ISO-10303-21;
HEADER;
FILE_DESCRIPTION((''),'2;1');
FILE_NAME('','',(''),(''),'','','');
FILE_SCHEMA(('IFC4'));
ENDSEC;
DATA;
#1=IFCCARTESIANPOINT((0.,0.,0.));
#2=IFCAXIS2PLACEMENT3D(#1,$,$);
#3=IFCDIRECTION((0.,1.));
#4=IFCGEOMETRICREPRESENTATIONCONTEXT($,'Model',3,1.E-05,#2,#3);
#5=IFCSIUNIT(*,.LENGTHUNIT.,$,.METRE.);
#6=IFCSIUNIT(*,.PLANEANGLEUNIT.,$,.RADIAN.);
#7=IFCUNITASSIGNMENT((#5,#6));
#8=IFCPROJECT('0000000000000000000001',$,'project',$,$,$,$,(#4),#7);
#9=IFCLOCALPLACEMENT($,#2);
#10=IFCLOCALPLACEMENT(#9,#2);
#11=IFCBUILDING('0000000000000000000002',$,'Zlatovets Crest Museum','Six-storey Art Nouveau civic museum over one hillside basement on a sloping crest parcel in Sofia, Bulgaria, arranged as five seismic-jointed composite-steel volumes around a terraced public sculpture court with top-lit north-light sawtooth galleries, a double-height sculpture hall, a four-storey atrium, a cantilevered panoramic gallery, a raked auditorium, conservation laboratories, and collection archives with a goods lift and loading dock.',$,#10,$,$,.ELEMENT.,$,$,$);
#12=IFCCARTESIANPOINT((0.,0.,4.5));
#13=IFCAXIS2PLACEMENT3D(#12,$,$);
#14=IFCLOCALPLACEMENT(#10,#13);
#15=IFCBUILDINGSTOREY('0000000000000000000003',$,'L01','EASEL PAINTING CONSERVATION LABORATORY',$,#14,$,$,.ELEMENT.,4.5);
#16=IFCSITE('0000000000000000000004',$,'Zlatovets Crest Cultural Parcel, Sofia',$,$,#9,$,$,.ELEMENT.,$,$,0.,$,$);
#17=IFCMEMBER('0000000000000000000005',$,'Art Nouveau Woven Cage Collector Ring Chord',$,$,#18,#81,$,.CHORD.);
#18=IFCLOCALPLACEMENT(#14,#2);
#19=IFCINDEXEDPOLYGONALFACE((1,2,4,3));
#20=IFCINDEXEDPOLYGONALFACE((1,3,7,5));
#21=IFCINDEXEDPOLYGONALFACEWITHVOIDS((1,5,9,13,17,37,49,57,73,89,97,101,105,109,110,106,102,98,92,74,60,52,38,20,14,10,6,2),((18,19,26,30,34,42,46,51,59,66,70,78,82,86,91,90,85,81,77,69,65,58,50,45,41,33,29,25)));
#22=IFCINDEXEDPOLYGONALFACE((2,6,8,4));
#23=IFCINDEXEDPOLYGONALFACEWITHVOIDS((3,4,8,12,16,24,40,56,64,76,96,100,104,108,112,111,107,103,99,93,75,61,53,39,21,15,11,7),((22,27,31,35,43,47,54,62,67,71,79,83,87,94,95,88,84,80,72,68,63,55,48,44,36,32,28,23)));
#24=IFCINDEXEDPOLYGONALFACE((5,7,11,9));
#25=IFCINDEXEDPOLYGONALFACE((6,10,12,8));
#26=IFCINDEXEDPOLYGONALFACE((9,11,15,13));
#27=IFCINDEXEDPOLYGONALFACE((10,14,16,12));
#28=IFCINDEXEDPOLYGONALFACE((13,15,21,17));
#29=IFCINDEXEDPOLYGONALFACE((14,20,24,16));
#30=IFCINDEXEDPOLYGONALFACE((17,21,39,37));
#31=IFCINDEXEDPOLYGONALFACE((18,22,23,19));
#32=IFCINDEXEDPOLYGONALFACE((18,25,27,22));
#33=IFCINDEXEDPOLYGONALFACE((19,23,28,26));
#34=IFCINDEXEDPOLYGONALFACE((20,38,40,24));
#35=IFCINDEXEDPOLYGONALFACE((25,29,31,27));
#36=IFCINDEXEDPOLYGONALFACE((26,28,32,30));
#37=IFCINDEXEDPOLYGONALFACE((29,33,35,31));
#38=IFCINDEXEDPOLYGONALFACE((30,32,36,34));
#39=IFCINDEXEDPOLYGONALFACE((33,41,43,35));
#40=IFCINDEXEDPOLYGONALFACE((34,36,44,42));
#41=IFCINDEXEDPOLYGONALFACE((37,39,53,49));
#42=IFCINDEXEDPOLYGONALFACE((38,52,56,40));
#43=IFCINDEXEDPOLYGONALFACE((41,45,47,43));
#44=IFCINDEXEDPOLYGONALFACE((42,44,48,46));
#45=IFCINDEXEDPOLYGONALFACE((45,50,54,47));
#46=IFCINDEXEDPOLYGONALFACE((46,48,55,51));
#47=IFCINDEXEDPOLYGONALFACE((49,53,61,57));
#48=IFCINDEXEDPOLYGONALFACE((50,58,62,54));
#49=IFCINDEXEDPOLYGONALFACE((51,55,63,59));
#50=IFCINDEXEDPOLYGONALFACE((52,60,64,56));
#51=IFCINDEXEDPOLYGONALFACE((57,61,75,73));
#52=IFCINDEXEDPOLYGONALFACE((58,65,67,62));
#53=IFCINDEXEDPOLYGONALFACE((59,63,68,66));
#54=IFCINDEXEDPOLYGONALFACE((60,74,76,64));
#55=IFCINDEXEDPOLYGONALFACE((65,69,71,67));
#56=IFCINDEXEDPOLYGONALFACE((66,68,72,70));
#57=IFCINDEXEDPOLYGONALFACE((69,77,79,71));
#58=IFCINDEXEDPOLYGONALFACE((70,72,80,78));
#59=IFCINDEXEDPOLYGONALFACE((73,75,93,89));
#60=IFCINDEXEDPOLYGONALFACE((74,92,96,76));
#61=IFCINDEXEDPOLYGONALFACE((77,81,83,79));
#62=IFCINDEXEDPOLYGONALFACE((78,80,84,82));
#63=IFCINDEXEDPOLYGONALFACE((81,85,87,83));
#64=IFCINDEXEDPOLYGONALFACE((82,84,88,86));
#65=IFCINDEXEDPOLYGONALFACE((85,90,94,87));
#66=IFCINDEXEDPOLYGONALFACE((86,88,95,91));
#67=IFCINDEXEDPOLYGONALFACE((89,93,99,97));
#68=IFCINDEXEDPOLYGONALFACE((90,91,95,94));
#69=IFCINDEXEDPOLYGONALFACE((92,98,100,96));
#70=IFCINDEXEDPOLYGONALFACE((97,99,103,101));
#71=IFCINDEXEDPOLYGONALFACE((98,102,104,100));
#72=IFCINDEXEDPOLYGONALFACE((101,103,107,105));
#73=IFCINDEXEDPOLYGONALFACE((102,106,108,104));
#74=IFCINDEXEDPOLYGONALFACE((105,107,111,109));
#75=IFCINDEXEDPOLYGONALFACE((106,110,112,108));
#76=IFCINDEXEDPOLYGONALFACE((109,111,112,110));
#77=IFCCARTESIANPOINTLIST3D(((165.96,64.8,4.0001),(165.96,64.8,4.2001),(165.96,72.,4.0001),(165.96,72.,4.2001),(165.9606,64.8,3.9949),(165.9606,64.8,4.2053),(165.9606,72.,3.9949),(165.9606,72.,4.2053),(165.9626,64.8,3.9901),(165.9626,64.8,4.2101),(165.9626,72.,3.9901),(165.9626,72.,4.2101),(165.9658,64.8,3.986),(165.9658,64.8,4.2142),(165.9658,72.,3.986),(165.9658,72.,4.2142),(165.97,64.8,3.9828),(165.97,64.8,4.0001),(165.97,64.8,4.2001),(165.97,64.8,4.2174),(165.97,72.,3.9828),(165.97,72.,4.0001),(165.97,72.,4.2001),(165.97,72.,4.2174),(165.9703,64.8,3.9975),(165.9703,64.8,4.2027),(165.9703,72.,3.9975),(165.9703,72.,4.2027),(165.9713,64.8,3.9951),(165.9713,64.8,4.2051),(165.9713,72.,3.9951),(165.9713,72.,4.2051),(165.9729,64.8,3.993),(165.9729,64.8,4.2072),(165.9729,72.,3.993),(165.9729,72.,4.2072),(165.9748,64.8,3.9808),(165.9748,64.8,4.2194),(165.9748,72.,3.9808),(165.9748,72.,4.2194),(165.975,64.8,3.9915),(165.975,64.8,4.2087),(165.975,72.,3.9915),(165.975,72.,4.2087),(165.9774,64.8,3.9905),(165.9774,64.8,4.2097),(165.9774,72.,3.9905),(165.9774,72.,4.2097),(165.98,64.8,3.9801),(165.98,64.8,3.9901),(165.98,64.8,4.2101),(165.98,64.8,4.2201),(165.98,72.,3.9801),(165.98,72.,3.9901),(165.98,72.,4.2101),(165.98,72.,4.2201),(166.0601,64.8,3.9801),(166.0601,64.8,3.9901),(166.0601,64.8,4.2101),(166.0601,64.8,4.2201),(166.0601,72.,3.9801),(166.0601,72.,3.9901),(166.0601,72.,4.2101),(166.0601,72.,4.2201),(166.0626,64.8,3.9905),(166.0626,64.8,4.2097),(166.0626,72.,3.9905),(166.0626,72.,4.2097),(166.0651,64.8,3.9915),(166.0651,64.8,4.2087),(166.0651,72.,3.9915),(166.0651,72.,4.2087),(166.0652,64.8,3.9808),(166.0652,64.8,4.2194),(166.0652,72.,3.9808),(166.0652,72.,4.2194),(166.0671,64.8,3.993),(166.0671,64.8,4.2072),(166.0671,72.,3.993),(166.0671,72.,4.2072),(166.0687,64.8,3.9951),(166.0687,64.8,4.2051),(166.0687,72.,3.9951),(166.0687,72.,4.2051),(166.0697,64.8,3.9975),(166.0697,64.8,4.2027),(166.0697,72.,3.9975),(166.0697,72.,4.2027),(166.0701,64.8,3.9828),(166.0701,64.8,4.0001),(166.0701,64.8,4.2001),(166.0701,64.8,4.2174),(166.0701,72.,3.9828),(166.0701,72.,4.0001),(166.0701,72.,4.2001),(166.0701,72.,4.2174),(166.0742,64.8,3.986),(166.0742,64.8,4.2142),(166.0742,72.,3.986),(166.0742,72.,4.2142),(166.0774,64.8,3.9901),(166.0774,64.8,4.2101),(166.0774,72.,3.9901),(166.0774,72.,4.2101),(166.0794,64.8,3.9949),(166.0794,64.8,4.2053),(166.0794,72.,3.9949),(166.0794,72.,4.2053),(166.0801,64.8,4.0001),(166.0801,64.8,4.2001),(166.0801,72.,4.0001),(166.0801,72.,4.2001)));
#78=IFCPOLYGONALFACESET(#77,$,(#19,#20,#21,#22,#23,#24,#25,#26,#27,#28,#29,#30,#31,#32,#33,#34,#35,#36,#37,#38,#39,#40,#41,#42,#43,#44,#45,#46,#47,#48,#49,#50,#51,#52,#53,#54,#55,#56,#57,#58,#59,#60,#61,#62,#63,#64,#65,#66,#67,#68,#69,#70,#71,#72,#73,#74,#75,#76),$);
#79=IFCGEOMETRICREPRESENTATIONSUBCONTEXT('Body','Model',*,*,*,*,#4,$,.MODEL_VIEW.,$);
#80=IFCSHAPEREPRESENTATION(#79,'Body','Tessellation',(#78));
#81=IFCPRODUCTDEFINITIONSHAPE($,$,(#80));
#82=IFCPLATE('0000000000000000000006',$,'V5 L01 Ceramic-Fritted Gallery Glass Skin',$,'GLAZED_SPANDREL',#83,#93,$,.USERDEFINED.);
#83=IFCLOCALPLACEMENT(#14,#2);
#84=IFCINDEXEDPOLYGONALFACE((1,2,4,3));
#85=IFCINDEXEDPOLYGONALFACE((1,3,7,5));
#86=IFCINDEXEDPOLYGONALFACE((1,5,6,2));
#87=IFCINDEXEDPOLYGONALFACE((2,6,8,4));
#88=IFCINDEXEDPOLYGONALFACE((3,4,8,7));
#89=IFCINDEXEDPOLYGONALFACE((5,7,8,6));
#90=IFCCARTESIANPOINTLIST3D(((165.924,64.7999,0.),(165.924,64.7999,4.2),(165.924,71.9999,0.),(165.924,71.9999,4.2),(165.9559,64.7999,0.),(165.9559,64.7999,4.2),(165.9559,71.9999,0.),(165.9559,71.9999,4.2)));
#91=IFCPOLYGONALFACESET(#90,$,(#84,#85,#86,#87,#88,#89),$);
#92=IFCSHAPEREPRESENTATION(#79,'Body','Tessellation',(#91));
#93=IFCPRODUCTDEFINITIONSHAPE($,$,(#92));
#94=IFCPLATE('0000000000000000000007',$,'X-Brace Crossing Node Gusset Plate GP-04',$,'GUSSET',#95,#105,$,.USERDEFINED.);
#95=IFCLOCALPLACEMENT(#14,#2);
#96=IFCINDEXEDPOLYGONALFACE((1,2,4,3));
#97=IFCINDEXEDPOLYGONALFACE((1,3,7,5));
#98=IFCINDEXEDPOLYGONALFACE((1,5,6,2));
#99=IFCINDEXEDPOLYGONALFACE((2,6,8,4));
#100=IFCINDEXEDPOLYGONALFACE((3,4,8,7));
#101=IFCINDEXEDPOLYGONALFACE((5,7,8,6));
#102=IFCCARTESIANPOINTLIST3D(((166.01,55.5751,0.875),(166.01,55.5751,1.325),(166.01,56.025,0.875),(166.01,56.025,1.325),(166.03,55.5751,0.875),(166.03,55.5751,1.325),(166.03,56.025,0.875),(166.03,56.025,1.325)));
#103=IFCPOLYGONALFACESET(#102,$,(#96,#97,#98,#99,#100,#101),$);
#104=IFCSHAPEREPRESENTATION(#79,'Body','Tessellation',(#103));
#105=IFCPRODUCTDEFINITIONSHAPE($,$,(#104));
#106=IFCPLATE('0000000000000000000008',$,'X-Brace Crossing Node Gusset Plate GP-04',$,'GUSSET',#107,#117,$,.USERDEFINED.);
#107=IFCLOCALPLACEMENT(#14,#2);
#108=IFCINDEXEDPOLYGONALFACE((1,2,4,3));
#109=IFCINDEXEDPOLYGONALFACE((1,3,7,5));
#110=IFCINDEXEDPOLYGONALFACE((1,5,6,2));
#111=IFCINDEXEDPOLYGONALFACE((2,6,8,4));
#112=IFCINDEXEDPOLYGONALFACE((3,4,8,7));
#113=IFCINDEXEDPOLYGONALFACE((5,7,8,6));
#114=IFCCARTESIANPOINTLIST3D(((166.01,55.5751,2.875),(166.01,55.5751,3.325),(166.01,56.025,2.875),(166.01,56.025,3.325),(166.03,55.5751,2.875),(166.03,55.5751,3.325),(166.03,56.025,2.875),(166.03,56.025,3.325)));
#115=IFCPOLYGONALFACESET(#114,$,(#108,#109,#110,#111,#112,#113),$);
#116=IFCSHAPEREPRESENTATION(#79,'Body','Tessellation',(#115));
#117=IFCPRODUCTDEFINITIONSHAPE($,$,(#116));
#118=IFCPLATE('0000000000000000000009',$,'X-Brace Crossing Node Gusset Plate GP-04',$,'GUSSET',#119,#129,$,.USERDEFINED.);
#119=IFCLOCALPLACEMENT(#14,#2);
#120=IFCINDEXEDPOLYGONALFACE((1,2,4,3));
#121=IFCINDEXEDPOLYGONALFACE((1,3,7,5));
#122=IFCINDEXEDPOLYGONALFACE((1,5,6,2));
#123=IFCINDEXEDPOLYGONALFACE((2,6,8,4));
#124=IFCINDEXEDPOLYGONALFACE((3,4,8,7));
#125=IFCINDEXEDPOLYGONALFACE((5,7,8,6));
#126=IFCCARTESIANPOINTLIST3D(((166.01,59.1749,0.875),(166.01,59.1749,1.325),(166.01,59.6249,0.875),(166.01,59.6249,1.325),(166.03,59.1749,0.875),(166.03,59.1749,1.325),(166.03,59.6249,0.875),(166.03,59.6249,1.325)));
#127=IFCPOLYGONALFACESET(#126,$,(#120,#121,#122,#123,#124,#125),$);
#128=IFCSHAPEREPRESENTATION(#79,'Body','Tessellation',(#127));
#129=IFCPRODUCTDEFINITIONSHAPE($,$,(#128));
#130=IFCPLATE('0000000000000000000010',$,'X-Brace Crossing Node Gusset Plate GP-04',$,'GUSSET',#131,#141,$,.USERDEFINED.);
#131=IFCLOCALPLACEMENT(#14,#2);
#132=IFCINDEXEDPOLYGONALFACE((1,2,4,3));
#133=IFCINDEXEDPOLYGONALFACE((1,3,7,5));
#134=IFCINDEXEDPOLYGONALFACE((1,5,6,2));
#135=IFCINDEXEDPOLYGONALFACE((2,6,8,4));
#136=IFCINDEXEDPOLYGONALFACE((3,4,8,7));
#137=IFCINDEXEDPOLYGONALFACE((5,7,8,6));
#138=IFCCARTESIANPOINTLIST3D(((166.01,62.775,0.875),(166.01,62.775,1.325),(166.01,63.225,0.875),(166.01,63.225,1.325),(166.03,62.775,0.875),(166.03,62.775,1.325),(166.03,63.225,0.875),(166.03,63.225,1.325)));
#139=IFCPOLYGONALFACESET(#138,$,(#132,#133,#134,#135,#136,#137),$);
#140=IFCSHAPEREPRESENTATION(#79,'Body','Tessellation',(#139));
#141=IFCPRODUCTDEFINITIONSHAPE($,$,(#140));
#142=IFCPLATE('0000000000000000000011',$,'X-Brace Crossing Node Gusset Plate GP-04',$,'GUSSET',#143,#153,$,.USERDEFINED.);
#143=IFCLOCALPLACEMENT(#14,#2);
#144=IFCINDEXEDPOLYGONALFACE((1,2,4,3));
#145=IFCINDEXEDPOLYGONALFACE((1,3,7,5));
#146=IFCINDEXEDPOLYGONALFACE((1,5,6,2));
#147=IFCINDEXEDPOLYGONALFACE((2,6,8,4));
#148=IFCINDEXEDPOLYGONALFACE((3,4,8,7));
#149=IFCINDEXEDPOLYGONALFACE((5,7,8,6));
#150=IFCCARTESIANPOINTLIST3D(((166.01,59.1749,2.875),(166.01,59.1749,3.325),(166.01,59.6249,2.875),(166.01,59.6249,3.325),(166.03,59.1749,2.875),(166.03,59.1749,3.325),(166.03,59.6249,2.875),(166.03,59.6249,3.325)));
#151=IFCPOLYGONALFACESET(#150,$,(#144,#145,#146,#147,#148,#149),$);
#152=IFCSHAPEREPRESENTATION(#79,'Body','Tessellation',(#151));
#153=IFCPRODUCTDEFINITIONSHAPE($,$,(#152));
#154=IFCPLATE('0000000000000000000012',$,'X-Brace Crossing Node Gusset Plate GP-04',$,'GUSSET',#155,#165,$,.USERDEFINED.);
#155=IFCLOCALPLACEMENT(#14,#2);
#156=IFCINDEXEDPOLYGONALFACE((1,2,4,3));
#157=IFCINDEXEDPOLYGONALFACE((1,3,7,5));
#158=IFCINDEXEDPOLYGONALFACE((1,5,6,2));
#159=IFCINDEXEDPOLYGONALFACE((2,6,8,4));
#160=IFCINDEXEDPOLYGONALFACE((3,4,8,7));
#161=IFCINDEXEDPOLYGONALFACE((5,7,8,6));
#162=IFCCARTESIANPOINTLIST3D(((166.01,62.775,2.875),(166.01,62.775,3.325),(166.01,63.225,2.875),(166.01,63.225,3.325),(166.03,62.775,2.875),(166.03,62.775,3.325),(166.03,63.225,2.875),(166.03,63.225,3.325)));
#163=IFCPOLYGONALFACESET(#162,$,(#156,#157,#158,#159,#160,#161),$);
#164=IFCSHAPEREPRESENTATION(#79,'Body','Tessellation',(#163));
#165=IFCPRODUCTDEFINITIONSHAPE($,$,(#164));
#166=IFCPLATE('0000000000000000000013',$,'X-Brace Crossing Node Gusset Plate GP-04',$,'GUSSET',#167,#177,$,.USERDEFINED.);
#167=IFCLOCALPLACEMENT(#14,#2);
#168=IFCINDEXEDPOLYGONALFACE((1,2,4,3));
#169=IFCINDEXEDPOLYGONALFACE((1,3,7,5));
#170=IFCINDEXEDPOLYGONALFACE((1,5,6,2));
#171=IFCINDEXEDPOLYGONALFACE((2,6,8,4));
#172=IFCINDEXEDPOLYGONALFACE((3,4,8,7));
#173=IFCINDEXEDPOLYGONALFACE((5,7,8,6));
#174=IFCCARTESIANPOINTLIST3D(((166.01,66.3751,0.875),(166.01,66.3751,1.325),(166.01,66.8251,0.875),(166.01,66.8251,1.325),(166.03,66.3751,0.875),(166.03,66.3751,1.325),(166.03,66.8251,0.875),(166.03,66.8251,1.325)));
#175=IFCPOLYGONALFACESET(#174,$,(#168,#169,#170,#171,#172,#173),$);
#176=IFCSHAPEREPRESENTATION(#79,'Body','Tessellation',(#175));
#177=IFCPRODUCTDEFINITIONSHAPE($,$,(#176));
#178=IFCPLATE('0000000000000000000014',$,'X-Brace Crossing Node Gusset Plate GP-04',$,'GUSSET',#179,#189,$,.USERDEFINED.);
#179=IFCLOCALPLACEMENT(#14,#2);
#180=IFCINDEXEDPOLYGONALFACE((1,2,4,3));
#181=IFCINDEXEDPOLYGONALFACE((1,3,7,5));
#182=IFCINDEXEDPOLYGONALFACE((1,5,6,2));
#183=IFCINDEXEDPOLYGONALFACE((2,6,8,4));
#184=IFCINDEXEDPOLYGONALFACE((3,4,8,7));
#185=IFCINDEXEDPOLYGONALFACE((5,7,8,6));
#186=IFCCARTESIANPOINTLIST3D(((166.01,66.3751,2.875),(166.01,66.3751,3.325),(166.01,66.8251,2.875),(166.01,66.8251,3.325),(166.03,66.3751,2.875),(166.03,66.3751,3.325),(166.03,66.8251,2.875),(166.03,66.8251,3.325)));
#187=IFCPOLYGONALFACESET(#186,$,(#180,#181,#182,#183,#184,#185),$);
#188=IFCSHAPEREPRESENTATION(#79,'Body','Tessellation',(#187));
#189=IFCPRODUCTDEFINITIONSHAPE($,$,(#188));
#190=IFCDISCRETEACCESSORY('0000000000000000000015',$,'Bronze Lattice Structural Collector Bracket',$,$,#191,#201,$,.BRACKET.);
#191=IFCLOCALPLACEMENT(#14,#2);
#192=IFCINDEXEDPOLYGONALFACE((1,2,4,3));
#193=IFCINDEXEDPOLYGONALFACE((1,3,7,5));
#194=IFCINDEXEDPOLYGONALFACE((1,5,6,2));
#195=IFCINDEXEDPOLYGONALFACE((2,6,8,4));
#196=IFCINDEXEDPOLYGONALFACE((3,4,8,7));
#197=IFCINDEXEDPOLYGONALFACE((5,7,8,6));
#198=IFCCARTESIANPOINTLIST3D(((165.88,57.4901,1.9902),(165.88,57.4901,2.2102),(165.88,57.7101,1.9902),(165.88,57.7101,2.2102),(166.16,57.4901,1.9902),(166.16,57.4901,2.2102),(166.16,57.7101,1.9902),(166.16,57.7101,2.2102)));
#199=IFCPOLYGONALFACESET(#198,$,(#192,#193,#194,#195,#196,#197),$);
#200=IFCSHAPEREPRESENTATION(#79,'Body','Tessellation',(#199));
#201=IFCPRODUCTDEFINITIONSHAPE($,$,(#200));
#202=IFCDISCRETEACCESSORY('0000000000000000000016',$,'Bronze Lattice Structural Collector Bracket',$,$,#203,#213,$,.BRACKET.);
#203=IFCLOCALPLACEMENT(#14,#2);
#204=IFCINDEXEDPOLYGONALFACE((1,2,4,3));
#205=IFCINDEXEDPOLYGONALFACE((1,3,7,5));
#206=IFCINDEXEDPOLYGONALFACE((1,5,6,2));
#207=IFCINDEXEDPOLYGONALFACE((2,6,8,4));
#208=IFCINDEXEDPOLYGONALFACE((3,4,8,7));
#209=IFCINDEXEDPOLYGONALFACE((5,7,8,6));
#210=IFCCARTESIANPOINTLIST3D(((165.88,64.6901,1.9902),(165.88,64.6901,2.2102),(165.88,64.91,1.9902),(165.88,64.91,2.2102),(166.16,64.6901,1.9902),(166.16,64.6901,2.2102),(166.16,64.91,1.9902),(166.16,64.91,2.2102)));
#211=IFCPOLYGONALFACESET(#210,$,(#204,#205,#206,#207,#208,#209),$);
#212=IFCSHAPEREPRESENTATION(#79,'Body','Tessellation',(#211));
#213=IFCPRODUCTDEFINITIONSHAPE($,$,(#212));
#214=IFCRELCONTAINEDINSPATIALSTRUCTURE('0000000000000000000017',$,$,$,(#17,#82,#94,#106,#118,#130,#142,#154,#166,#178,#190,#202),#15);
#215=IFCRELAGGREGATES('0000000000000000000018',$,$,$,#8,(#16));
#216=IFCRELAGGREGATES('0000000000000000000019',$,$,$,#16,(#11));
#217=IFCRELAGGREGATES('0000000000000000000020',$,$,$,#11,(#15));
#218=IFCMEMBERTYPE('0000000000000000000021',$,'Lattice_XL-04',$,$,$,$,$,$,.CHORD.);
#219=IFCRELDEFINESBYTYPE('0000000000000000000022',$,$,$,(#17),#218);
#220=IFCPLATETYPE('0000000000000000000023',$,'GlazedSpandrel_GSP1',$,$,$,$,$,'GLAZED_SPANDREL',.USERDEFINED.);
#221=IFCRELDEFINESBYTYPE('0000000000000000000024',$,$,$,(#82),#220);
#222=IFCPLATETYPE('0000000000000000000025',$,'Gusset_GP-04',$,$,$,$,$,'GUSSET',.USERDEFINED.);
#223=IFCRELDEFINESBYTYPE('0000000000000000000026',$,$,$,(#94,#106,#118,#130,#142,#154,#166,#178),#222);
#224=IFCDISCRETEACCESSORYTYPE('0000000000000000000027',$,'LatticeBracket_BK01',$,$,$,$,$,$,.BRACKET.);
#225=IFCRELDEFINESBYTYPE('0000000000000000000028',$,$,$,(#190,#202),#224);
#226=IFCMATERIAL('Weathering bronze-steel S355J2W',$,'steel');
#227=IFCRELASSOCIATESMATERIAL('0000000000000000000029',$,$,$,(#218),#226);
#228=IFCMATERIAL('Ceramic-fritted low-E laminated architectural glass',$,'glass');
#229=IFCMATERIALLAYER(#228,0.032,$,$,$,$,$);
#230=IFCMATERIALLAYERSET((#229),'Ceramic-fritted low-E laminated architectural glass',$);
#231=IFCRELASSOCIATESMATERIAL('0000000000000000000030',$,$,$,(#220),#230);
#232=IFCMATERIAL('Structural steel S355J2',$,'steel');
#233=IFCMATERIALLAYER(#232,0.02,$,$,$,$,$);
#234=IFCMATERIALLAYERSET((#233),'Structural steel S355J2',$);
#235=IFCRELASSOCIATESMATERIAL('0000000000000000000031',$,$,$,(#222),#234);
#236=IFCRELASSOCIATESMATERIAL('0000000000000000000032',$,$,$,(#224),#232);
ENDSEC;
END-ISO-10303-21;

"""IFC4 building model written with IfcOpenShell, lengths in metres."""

from ifc_helpers import new_model, si_unit, direction, frame, origin, origin_2d, place, context, subcontext, project, spatial, rectangle, hollow_rectangle, extrude, material, layer, layer_set, material_profile, profile_set, type_object, element, save


model = new_model("IFC4")

# Units and contexts
model_context = context("Model", 3, precision=1e-05, world=origin(), true_north=direction((0.0, 1.0)))
body_context = subcontext(model_context, "Body", "Model", "MODEL_VIEW")
ifc_project = project(units=[si_unit("LENGTHUNIT", "METRE"), si_unit("PLANEANGLEUNIT", "RADIAN")], contexts=[model_context])

# Site, building, storey
site_placement = place(None, origin())
site = spatial("IfcSite", under=ifc_project, at=site_placement, Name="Zlatovets Crest Cultural Parcel, Sofia", CompositionType="ELEMENT", RefElevation=0.0)
building_placement = place(site_placement, origin())
building = spatial("IfcBuilding", under=site, at=building_placement, Name="Zlatovets Crest Museum", Description="Six-storey Art Nouveau civic museum over one hillside basement on a sloping crest parcel in Sofia, Bulgaria, arranged as five seismic-jointed composite-steel volumes around a terraced public sculpture court with top-lit north-light sawtooth galleries, a double-height sculpture hall, a four-storey atrium, a cantilevered panoramic gallery, a raked auditorium, conservation laboratories, and collection archives with a goods lift and loading dock.", CompositionType="ELEMENT")
storey_placement = place(building_placement, frame((0.0, 0.0, 4.5)))
storey = spatial("IfcBuildingStorey", under=building, at=storey_placement, Name="L01", Description="EASEL PAINTING CONSERVATION LABORATORY", CompositionType="ELEMENT", Elevation=4.5)

# Member
ifc_material_1 = material(Name="Weathering bronze-steel S355J2W", Category="steel")
ifc_material_profile_1 = material_profile(ifc_material_1, hollow_rectangle(XDim=0.1201, YDim=0.24, WallThickness=0.01, InnerFilletRadius=0.01, OuterFilletRadius=0.02, at=origin_2d()), Name="RHS 120x240x10.0")
ifc_profile_set_1 = profile_set([ifc_material_profile_1], Name="Weathering bronze-steel S355J2W")
member_type_1 = type_object("IfcMemberType", Name="Lattice_XL-04", PredefinedType="CHORD", material=ifc_profile_set_1)
for number, where, z_axis, x_axis, name in (
    (1, (166.02, 64.8, 4.1001), (0.0, 1.0, 0.0), (-1.0, 0.0, 0.0), "Art Nouveau Woven Cage Collector Ring Chord"),
):
    element("IfcMember", number, at=place(storey_placement, frame(where, z_axis=z_axis, x_axis=x_axis)), inside=storey, type_object=member_type_1, Name=name, PredefinedType="CHORD", context=body_context, shape_type="SweptSolid", body=[
        extrude(hollow_rectangle(XDim=0.1201, YDim=0.24, WallThickness=0.01, InnerFilletRadius=0.01, OuterFilletRadius=0.02, at=origin_2d()), origin(), (0.0, 0.0, 1.0), 7.2),
    ])

# Plates
ifc_material_2 = material(Name="Ceramic-fritted low-E laminated architectural glass", Category="glass")
ifc_layer_1 = layer(ifc_material_2, 0.032)
ifc_layer_set_1 = layer_set([ifc_layer_1], Name="Ceramic-fritted low-E laminated architectural glass")
plate_type_1 = type_object("IfcPlateType", Name="GlazedSpandrel_GSP1", ElementType="GLAZED_SPANDREL", PredefinedType="USERDEFINED", material=ifc_layer_set_1)
plate_placement = place(storey_placement, frame((165.9399, 68.3999, 0.0), z_axis=(0.0, 0.0, 1.0), x_axis=(0.0, 1.0, 0.0)))
element("IfcPlate", 2, at=plate_placement, inside=storey, type_object=plate_type_1, Name="V5 L01 Ceramic-Fritted Gallery Glass Skin", ObjectType="GLAZED_SPANDREL", PredefinedType="USERDEFINED", context=body_context, shape_type="SweptSolid", body=[
    extrude(rectangle(XDim=7.2, YDim=0.032, at=origin_2d()), origin(), (0.0, 0.0, 1.0), 4.2),
])
ifc_material_3 = material(Name="Structural steel S355J2", Category="steel")
ifc_layer_2 = layer(ifc_material_3, 0.02)
ifc_layer_set_2 = layer_set([ifc_layer_2], Name="Structural steel S355J2")
plate_type_2 = type_object("IfcPlateType", Name="Gusset_GP-04", ElementType="GUSSET", PredefinedType="USERDEFINED", material=ifc_layer_set_2)
for number, where, z_axis, x_axis, name in (
    (3, (166.02, 55.8, 0.875), (0.0, 0.0, 1.0), (1.0, 0.0, 0.0), "X-Brace Crossing Node Gusset Plate GP-04"),
    (4, (166.02, 55.8, 2.875), (0.0, 0.0, 1.0), (1.0, 0.0, 0.0), "X-Brace Crossing Node Gusset Plate GP-04"),
    (5, (166.02, 59.3999, 0.875), (0.0, 0.0, 1.0), (1.0, 0.0, 0.0), "X-Brace Crossing Node Gusset Plate GP-04"),
    (6, (166.02, 63.0, 0.875), (0.0, 0.0, 1.0), (1.0, 0.0, 0.0), "X-Brace Crossing Node Gusset Plate GP-04"),
    (7, (166.02, 59.3999, 2.875), (0.0, 0.0, 1.0), (1.0, 0.0, 0.0), "X-Brace Crossing Node Gusset Plate GP-04"),
    (8, (166.02, 63.0, 2.875), (0.0, 0.0, 1.0), (1.0, 0.0, 0.0), "X-Brace Crossing Node Gusset Plate GP-04"),
    (9, (166.02, 66.6001, 0.875), (0.0, 0.0, 1.0), (1.0, 0.0, 0.0), "X-Brace Crossing Node Gusset Plate GP-04"),
    (10, (166.02, 66.6001, 2.875), (0.0, 0.0, 1.0), (1.0, 0.0, 0.0), "X-Brace Crossing Node Gusset Plate GP-04"),
):
    element("IfcPlate", number, at=place(storey_placement, frame(where, z_axis=z_axis, x_axis=x_axis)), inside=storey, type_object=plate_type_2, Name=name, ObjectType="GUSSET", PredefinedType="USERDEFINED", context=body_context, shape_type="SweptSolid", body=[
        extrude(rectangle(XDim=0.02, YDim=0.45, at=origin_2d()), origin(), (0.0, 0.0, 1.0), 0.45),
    ])

# Discrete accessories
discrete_accessory_type = type_object("IfcDiscreteAccessoryType", Name="LatticeBracket_BK01", PredefinedType="BRACKET", material=ifc_material_3)
for number, where, z_axis, x_axis, name in (
    (11, (166.02, 57.6001, 1.9902), (0.0, 0.0, 1.0), (1.0, 0.0, 0.0), "Bronze Lattice Structural Collector Bracket"),
    (12, (166.02, 64.8, 1.9902), (0.0, 0.0, 1.0), (1.0, 0.0, 0.0), "Bronze Lattice Structural Collector Bracket"),
):
    element("IfcDiscreteAccessory", number, at=place(storey_placement, frame(where, z_axis=z_axis, x_axis=x_axis)), inside=storey, type_object=discrete_accessory_type, Name=name, PredefinedType="BRACKET", context=body_context, shape_type="SweptSolid", body=[
        extrude(rectangle(XDim=0.28, YDim=0.22, at=origin_2d()), origin(), (0.0, 0.0, 1.0), 0.22),
    ])

save(model, "model.ifc")
